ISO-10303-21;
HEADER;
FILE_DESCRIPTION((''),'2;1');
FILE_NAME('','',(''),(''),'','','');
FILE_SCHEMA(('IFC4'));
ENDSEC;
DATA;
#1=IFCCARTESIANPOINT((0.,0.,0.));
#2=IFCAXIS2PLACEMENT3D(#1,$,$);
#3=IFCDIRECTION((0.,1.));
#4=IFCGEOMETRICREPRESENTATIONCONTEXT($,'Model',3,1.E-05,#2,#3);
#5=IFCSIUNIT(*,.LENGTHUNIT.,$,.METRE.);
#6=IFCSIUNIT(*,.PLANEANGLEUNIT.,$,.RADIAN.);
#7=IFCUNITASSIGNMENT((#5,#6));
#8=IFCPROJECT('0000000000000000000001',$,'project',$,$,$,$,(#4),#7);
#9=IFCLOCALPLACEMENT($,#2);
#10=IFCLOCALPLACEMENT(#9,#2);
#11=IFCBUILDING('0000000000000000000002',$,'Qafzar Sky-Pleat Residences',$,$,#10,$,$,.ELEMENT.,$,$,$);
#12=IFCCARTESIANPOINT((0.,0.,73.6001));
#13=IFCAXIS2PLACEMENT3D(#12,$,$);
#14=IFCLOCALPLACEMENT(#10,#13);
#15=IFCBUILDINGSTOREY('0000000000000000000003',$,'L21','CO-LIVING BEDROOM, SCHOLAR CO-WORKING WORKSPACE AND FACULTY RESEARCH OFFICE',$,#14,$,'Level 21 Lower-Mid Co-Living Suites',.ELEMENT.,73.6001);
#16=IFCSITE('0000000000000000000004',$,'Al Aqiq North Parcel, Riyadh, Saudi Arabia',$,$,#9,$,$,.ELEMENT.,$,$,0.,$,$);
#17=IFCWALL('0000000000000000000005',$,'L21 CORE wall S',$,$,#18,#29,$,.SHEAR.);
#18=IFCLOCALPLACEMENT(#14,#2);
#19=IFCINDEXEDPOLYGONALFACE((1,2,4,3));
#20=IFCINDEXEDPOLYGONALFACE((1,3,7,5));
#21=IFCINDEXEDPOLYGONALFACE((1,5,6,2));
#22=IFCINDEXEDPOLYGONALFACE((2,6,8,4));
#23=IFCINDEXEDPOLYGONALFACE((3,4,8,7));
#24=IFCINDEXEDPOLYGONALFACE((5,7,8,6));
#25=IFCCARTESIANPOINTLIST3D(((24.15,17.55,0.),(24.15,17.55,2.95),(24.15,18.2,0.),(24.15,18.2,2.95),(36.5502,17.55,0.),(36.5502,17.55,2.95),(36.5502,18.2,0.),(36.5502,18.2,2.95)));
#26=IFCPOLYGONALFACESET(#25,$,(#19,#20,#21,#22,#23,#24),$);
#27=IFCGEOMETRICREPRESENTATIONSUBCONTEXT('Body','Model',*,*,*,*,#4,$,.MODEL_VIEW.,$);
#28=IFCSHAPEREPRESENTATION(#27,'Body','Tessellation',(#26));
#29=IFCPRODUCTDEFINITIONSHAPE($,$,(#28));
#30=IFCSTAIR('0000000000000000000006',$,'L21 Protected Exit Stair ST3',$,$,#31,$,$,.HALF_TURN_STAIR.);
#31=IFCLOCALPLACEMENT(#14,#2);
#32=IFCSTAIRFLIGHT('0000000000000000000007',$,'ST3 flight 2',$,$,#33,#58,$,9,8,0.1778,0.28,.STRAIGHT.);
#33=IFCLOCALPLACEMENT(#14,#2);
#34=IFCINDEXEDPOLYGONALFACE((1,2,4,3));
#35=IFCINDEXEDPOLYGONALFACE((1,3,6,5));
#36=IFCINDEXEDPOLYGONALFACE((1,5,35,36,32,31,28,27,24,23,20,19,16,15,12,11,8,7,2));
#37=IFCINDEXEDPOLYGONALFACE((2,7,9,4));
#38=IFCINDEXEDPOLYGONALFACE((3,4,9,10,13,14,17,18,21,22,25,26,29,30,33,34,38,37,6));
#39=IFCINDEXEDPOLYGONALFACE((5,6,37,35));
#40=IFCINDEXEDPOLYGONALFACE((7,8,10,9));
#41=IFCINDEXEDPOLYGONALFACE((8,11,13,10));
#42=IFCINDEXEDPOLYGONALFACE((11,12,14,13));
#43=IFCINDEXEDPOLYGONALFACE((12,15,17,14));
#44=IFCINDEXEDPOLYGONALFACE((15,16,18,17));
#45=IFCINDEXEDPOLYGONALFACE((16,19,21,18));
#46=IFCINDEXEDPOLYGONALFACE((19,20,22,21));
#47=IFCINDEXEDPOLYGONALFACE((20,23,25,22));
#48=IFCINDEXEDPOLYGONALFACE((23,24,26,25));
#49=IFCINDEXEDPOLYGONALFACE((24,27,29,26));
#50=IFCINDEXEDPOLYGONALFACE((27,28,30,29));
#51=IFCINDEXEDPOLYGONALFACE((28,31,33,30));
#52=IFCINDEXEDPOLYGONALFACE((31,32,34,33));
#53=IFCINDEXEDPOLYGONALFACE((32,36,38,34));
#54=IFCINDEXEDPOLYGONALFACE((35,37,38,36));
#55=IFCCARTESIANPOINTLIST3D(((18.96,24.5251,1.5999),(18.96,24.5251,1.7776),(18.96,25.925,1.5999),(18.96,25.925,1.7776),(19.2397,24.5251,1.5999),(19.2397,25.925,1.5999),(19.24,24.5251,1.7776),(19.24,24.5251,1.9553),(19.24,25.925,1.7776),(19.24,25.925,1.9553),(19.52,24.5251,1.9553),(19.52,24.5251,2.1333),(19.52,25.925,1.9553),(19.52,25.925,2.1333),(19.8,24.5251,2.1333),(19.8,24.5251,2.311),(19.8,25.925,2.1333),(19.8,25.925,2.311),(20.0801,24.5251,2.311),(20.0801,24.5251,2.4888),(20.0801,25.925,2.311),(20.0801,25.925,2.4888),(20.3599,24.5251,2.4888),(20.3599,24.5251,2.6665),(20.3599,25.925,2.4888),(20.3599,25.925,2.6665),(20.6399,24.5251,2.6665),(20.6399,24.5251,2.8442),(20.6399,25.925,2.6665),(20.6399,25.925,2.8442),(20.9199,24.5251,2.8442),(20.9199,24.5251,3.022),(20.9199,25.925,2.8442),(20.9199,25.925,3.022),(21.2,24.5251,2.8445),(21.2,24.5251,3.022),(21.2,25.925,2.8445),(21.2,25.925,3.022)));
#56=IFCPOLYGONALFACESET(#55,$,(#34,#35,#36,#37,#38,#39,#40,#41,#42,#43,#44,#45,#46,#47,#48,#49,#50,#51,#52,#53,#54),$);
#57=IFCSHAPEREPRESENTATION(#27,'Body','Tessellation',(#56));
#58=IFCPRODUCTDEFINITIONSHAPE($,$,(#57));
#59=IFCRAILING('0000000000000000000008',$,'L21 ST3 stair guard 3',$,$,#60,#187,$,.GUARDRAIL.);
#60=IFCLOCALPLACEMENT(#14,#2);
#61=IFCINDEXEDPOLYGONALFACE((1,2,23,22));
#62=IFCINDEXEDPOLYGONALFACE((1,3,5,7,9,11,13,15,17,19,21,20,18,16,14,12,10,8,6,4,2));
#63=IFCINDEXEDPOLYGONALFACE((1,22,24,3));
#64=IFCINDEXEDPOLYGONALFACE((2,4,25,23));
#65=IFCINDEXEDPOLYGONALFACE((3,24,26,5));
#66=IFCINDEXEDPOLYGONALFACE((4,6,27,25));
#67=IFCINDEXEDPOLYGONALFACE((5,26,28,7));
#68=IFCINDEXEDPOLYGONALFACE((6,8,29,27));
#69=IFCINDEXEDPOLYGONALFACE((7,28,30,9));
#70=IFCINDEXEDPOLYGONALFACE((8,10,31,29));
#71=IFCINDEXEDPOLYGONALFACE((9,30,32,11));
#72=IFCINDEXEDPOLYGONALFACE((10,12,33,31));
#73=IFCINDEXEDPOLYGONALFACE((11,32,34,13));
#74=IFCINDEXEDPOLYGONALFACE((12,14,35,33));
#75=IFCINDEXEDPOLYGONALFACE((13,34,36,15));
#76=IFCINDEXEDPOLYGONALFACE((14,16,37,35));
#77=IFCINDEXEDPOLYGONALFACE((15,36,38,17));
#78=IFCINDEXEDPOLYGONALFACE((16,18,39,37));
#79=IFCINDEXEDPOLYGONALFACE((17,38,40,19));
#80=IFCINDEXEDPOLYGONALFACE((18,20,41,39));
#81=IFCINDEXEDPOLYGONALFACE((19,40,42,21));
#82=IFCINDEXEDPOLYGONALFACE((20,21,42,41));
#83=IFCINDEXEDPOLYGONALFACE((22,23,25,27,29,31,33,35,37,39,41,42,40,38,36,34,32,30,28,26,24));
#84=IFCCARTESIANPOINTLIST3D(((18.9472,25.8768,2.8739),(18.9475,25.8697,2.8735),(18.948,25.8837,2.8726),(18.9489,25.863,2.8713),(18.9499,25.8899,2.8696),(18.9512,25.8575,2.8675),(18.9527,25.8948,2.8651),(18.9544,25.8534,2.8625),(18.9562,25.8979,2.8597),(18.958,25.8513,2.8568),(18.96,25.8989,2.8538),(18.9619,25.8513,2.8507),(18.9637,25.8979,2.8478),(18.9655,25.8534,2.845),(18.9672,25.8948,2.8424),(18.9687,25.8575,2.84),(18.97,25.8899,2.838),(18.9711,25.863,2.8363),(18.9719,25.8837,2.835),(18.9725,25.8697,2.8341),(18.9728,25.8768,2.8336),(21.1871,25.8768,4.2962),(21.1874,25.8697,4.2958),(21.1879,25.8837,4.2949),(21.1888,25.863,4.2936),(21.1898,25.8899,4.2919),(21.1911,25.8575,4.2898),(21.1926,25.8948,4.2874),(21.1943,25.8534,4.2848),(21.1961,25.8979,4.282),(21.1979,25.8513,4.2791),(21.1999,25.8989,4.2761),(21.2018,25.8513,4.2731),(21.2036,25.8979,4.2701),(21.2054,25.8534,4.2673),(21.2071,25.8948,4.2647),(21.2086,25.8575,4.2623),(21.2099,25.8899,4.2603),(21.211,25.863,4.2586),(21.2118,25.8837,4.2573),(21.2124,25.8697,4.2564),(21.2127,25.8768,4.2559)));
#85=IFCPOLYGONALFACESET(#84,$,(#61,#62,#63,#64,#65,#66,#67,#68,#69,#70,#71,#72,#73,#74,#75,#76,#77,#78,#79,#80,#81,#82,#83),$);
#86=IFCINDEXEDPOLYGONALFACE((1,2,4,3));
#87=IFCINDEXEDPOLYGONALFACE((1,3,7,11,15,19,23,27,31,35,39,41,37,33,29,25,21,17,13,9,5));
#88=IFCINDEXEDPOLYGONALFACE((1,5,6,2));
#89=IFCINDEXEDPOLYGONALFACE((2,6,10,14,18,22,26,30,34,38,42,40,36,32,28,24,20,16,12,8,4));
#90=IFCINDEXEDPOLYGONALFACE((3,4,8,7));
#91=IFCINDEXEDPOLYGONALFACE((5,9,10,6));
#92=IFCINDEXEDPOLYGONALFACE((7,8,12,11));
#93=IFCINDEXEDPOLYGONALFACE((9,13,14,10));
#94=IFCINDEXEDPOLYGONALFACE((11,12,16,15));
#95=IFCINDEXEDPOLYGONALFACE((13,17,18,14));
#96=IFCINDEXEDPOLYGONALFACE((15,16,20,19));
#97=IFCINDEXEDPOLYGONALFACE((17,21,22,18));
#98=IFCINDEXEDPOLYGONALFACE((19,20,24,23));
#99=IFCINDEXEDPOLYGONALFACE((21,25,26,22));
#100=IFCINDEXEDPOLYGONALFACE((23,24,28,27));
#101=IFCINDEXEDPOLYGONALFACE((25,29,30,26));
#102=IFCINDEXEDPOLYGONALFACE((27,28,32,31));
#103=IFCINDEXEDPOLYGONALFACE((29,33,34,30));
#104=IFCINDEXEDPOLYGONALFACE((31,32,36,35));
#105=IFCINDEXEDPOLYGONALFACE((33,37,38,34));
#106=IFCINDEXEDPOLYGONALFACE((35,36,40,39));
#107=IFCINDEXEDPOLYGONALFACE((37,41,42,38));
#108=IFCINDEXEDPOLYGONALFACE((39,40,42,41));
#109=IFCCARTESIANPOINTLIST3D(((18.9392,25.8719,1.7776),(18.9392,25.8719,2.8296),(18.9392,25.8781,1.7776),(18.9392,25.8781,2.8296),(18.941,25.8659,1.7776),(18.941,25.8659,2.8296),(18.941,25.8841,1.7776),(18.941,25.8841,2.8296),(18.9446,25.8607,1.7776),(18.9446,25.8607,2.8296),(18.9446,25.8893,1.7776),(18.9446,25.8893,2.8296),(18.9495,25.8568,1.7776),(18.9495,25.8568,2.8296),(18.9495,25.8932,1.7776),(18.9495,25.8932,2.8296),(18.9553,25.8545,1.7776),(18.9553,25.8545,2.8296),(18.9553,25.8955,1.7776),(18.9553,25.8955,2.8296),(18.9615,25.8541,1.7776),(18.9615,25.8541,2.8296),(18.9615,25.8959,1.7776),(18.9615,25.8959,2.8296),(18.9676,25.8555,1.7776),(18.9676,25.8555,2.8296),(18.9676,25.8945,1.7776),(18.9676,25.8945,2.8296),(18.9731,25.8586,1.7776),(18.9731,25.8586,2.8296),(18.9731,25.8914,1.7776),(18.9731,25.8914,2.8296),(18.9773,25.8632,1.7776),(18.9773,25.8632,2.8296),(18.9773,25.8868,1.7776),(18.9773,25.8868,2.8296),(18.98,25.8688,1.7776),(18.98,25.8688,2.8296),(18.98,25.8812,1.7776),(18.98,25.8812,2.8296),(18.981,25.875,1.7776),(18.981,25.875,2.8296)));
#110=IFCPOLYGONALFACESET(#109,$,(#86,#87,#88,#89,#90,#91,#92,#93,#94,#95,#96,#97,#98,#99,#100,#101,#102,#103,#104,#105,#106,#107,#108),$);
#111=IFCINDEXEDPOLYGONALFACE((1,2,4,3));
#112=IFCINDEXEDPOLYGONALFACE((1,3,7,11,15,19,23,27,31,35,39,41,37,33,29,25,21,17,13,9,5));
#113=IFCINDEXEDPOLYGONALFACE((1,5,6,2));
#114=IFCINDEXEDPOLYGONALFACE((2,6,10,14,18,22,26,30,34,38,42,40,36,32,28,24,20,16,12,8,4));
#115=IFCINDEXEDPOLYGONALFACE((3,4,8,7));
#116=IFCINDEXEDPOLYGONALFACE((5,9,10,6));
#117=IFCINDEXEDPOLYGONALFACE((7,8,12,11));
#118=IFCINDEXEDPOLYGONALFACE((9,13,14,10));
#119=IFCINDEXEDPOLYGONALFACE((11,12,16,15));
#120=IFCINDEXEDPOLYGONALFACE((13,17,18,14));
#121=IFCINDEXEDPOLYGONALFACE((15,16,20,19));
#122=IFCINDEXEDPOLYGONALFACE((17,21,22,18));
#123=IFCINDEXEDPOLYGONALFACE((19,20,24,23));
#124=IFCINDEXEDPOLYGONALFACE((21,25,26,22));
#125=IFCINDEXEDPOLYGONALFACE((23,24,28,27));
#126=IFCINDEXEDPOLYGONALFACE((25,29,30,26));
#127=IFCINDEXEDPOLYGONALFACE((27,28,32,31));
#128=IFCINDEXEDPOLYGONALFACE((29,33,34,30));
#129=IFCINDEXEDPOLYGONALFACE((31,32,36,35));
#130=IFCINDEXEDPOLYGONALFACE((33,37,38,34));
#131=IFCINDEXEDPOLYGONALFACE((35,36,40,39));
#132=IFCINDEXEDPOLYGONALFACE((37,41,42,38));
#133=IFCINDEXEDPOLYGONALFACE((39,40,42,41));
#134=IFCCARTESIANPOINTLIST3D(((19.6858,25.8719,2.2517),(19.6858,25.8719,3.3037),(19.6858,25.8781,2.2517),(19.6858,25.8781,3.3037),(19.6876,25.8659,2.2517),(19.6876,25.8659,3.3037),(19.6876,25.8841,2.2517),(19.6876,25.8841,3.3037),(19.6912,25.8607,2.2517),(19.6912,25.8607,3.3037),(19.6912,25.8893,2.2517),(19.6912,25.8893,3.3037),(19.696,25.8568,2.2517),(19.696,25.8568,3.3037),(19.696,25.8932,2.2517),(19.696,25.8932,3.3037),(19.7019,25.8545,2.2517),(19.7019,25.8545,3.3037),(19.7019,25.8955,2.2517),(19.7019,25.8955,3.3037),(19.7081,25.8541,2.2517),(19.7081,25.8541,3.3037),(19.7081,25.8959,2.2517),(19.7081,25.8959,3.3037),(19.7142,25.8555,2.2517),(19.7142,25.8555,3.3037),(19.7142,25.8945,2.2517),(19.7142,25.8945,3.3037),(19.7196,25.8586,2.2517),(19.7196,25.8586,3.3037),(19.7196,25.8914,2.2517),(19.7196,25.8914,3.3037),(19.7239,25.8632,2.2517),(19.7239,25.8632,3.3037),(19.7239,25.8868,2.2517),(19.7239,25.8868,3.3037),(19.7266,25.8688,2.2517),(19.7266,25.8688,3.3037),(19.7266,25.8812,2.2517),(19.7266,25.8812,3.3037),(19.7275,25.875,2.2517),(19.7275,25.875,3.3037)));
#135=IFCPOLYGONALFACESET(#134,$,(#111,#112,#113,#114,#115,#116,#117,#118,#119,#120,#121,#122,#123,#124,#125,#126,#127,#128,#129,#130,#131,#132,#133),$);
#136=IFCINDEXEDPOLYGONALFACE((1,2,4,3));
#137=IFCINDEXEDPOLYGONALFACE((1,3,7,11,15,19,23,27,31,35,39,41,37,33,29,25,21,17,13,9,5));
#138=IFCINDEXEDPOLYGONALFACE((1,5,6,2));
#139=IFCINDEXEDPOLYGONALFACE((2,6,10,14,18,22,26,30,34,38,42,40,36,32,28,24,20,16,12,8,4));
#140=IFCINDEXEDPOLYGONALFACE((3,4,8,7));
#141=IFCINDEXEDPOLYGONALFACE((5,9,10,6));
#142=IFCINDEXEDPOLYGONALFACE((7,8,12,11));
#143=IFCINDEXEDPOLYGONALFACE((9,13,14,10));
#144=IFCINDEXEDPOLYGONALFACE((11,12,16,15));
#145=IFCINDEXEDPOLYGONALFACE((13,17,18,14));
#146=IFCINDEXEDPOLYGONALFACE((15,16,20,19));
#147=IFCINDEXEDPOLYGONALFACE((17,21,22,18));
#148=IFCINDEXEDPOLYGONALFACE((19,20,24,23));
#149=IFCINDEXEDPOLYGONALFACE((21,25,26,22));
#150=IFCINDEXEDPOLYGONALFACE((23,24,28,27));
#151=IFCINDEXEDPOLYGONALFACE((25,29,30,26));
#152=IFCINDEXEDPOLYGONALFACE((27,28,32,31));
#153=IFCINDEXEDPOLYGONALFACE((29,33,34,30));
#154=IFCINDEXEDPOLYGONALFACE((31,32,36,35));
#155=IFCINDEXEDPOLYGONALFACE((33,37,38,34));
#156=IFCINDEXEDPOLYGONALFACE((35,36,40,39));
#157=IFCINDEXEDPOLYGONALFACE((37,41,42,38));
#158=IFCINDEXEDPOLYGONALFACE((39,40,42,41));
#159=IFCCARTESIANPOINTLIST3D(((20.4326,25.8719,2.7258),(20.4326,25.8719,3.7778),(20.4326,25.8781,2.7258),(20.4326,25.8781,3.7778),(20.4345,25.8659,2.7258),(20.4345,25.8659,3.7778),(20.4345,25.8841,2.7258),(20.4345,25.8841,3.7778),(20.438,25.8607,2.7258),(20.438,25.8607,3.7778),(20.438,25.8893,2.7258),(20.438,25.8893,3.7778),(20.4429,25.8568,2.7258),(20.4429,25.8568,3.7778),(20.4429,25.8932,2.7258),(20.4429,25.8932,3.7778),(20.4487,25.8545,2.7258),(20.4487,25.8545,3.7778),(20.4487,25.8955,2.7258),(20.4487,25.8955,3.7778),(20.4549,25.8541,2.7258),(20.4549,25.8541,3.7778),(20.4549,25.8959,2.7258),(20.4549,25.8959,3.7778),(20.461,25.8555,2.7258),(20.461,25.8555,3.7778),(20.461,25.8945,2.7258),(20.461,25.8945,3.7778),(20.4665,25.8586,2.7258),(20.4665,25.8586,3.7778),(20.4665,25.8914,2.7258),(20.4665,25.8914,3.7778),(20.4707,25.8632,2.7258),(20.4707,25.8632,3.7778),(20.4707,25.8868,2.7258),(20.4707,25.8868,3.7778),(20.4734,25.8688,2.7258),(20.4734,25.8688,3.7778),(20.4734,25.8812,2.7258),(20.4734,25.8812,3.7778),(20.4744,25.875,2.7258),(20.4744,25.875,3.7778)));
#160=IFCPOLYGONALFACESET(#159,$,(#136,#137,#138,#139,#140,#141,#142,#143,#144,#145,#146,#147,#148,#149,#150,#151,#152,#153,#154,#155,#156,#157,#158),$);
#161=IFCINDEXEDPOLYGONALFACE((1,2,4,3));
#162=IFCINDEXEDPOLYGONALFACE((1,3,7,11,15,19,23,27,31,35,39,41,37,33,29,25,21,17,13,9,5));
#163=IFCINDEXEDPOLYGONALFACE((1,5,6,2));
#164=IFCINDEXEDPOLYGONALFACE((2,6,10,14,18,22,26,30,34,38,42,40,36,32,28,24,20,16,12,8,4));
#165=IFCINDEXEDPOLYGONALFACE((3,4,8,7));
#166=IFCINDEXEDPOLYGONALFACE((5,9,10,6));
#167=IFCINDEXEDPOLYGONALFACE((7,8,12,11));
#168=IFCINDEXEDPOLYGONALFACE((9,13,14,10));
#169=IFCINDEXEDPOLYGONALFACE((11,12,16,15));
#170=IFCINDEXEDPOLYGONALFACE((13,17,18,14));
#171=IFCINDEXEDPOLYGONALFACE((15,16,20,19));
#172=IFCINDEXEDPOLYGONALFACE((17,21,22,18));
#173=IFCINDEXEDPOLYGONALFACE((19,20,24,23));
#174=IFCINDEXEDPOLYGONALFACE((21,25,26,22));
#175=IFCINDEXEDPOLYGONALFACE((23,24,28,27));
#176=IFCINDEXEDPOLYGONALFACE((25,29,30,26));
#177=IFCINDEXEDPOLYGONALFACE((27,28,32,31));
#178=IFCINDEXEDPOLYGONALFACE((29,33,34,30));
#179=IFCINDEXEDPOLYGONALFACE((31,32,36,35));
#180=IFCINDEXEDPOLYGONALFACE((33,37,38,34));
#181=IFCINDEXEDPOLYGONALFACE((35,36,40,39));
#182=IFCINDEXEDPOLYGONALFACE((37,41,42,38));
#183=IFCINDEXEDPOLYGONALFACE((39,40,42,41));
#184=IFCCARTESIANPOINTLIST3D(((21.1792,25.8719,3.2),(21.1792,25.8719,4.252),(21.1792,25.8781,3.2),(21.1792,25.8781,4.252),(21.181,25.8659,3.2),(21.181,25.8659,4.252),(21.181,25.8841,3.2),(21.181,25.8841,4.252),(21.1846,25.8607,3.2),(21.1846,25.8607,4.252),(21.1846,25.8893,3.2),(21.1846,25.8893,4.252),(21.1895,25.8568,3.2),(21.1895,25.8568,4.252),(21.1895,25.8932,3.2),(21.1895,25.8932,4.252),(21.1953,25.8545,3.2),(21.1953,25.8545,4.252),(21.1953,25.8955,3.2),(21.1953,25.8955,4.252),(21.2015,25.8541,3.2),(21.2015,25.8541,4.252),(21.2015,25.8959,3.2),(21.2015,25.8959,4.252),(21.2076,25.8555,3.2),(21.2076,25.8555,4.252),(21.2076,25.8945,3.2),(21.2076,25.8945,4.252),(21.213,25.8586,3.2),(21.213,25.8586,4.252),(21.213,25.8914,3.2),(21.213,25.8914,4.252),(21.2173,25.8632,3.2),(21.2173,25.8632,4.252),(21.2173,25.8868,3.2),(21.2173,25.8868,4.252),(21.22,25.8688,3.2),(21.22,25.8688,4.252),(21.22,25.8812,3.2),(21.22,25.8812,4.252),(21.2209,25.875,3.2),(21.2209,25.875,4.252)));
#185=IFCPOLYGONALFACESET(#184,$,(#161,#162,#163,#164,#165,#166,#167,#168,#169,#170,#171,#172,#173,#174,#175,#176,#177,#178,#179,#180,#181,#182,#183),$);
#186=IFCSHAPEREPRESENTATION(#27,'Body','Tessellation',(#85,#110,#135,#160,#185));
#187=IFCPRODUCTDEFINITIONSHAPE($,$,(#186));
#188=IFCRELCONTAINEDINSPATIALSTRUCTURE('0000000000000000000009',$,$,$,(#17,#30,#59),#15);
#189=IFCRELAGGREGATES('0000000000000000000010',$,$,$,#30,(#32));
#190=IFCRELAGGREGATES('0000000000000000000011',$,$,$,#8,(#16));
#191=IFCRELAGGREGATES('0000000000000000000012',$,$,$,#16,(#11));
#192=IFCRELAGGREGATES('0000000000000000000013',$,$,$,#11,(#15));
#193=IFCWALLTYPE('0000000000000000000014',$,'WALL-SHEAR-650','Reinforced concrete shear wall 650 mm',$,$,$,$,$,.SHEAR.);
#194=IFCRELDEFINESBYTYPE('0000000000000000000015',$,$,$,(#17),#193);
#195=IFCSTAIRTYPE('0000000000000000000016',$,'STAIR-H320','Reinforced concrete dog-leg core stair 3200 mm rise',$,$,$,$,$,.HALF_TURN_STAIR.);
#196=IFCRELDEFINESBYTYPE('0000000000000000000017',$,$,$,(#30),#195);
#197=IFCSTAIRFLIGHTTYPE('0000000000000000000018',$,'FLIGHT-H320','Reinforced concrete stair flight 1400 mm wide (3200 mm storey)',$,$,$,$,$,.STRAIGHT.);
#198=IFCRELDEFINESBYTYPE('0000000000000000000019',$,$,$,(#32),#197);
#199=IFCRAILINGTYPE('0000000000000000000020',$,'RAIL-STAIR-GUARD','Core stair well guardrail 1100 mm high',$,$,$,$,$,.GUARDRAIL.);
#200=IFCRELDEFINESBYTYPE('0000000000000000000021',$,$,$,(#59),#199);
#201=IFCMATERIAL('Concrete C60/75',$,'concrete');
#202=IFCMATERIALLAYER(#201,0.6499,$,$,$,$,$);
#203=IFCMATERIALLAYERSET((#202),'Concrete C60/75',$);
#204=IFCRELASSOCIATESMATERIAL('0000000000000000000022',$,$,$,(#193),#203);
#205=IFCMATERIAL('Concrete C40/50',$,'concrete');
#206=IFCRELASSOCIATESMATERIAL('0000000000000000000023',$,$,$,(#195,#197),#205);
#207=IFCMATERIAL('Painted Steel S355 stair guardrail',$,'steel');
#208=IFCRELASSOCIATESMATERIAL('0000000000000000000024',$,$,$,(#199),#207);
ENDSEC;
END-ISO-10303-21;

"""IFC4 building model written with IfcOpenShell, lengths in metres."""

from ifc_helpers import new_model, si_unit, direction, frame, frame_2d, origin, origin_2d, place, context, subcontext, project, spatial, polyline, rectangle, circle, outline, extrude, source, transform, mapped, material, layer, layer_set, type_object, element, aggregate, save


model = new_model("IFC4")

# Units and contexts
model_context = context("Model", 3, precision=1e-05, world=origin(), true_north=direction((0.0, 1.0)))
body_context = subcontext(model_context, "Body", "Model", "MODEL_VIEW")
ifc_project = project(units=[si_unit("LENGTHUNIT", "METRE"), si_unit("PLANEANGLEUNIT", "RADIAN")], contexts=[model_context])

# Site, building, storey
site_placement = place(None, origin())
site = spatial("IfcSite", under=ifc_project, at=site_placement, Name="Al Aqiq North Parcel, Riyadh, Saudi Arabia", CompositionType="ELEMENT", RefElevation=0.0)
building_placement = place(site_placement, origin())
building = spatial("IfcBuilding", under=site, at=building_placement, Name="Qafzar Sky-Pleat Residences", CompositionType="ELEMENT")
storey_placement = place(building_placement, frame((0.0, 0.0, 73.6001)))
storey = spatial("IfcBuildingStorey", under=building, at=storey_placement, Name="L21", Description="CO-LIVING BEDROOM, SCHOLAR CO-WORKING WORKSPACE AND FACULTY RESEARCH OFFICE", LongName="Level 21 Lower-Mid Co-Living Suites", CompositionType="ELEMENT", Elevation=73.6001)

# Shared definitions
ifc_material_1 = material(Name="Concrete C60/75", Category="concrete")

# Wall
ifc_layer_1 = layer(ifc_material_1, 0.6499)
ifc_layer_set_1 = layer_set([ifc_layer_1], Name="Concrete C60/75")
wall_type_1 = type_object("IfcWallType", Name="WALL-SHEAR-650", Description="Reinforced concrete shear wall 650 mm", PredefinedType="SHEAR", material=ifc_layer_set_1)
wall_1_placement = place(storey_placement, frame((24.1499, 17.875, 0.0), z_axis=(0.0, 0.0, 1.0), x_axis=(1.0, 0.0, 0.0)))
element("IfcWall", 1, at=wall_1_placement, inside=storey, type_object=wall_type_1, Name="L21 CORE wall S", PredefinedType="SHEAR", context=body_context, shape_type="SweptSolid", body=[
    extrude(rectangle(XDim=12.4001, YDim=0.6499, at=frame_2d((6.2002, 0.0))), origin(), (0.0, 0.0, 1.0), 2.95),
])

# Stair, stair flight
ifc_material_2 = material(Name="Concrete C40/50", Category="concrete")
stair_type = type_object("IfcStairType", Name="STAIR-H320", Description="Reinforced concrete dog-leg core stair 3200 mm rise", PredefinedType="HALF_TURN_STAIR", material=ifc_material_2)
stair_placement = place(storey_placement, origin())
stair = element("IfcStair", 2, at=stair_placement, inside=storey, type_object=stair_type, Name="L21 Protected Exit Stair ST3", PredefinedType="HALF_TURN_STAIR")
stair_flight_type = type_object("IfcStairFlightType", Name="FLIGHT-H320", Description="Reinforced concrete stair flight 1400 mm wide (3200 mm storey)", PredefinedType="STRAIGHT", material=ifc_material_2)
shared_shape_1 = source(origin(), body_context, "Body", "SweptSolid", [
    extrude(outline(polyline([(0.0, 0.0), (0.0, 0.1777), (0.28, 0.1777), (0.28, 0.3555), (0.5601, 0.3555), (0.5601, 0.5334), (0.8401, 0.5334), (0.8401, 0.7112), (1.1201, 0.7112), (1.1201, 0.8889), (1.3999, 0.8889), (1.3999, 1.0667), (1.6799, 1.0667), (1.6799, 1.2444), (1.96, 1.2444), (1.96, 1.4221), (2.24, 1.4221), (2.24, 1.6001), (2.24, 1.2446), (0.2798, 0.0), (0.0, 0.0)])), frame((0.0, 0.7, 0.0), z_axis=(0.0, -1.0, 0.0), x_axis=(1.0, 0.0, 0.0)), (0.0, 0.0, 1.0), 1.3999),
])
stair_flight_placement = place(storey_placement, frame((18.96, 25.2251, 1.5999), z_axis=(0.0, 0.0, 1.0), x_axis=(1.0, 0.0, 0.0)))
stair_flight = element("IfcStairFlight", 3, at=stair_flight_placement, type_object=stair_flight_type, Name="ST3 flight 2", NumberOfRisers=9, NumberOfTreads=8, PredefinedType="STRAIGHT", RiserHeight=0.1778, TreadLength=0.28, context=body_context, shape_type="MappedRepresentation", body=[
    mapped(shared_shape_1, transform((0.0, 0.0, 0.0), x_axis=(1.0, 0.0, 0.0), y_axis=(0.0, 1.0, 0.0), z_axis=(0.0, 0.0, 1.0), scale=1.0)),
])
aggregate(stair, [stair_flight])

# Railing
ifc_material_3 = material(Name="Painted Steel S355 stair guardrail", Category="steel")
railing_type_1 = type_object("IfcRailingType", Name="RAIL-STAIR-GUARD", Description="Core stair well guardrail 1100 mm high", PredefinedType="GUARDRAIL", material=ifc_material_3)
shared_shape_2 = source(origin(), body_context, "Body", "SweptSolid", [
    extrude(circle(Radius=0.0239, at=origin_2d()), frame((0.0, 0.0, 1.0762), z_axis=(0.844188, 0.0, 0.536048), x_axis=(0.0, 1.0, 0.0)), (0.0, 0.0, 1.0), 2.6533),
    extrude(circle(Radius=0.021, at=origin_2d()), origin(), (0.0, 0.0, 1.0), 1.052),
    extrude(circle(Radius=0.021, at=origin_2d()), frame((0.7466, 0.0, 0.4741)), (0.0, 0.0, 1.0), 1.052),
    extrude(circle(Radius=0.021, at=origin_2d()), frame((1.4934, 0.0, 0.9482)), (0.0, 0.0, 1.0), 1.052),
    extrude(circle(Radius=0.021, at=origin_2d()), frame((2.24, 0.0, 1.4224)), (0.0, 0.0, 1.0), 1.052),
])
railing_1_placement = place(storey_placement, frame((18.96, 25.875, 1.7776)))
element("IfcRailing", 4, at=railing_1_placement, inside=storey, type_object=railing_type_1, Name="L21 ST3 stair guard 3", PredefinedType="GUARDRAIL", context=body_context, shape_type="MappedRepresentation", body=[
    mapped(shared_shape_2, transform((0.0, 0.0, 0.0), x_axis=(1.0, 0.0, 0.0), y_axis=(0.0, 1.0, 0.0), z_axis=(0.0, 0.0, 1.0), scale=1.0)),
])

save(model, "model.ifc")
